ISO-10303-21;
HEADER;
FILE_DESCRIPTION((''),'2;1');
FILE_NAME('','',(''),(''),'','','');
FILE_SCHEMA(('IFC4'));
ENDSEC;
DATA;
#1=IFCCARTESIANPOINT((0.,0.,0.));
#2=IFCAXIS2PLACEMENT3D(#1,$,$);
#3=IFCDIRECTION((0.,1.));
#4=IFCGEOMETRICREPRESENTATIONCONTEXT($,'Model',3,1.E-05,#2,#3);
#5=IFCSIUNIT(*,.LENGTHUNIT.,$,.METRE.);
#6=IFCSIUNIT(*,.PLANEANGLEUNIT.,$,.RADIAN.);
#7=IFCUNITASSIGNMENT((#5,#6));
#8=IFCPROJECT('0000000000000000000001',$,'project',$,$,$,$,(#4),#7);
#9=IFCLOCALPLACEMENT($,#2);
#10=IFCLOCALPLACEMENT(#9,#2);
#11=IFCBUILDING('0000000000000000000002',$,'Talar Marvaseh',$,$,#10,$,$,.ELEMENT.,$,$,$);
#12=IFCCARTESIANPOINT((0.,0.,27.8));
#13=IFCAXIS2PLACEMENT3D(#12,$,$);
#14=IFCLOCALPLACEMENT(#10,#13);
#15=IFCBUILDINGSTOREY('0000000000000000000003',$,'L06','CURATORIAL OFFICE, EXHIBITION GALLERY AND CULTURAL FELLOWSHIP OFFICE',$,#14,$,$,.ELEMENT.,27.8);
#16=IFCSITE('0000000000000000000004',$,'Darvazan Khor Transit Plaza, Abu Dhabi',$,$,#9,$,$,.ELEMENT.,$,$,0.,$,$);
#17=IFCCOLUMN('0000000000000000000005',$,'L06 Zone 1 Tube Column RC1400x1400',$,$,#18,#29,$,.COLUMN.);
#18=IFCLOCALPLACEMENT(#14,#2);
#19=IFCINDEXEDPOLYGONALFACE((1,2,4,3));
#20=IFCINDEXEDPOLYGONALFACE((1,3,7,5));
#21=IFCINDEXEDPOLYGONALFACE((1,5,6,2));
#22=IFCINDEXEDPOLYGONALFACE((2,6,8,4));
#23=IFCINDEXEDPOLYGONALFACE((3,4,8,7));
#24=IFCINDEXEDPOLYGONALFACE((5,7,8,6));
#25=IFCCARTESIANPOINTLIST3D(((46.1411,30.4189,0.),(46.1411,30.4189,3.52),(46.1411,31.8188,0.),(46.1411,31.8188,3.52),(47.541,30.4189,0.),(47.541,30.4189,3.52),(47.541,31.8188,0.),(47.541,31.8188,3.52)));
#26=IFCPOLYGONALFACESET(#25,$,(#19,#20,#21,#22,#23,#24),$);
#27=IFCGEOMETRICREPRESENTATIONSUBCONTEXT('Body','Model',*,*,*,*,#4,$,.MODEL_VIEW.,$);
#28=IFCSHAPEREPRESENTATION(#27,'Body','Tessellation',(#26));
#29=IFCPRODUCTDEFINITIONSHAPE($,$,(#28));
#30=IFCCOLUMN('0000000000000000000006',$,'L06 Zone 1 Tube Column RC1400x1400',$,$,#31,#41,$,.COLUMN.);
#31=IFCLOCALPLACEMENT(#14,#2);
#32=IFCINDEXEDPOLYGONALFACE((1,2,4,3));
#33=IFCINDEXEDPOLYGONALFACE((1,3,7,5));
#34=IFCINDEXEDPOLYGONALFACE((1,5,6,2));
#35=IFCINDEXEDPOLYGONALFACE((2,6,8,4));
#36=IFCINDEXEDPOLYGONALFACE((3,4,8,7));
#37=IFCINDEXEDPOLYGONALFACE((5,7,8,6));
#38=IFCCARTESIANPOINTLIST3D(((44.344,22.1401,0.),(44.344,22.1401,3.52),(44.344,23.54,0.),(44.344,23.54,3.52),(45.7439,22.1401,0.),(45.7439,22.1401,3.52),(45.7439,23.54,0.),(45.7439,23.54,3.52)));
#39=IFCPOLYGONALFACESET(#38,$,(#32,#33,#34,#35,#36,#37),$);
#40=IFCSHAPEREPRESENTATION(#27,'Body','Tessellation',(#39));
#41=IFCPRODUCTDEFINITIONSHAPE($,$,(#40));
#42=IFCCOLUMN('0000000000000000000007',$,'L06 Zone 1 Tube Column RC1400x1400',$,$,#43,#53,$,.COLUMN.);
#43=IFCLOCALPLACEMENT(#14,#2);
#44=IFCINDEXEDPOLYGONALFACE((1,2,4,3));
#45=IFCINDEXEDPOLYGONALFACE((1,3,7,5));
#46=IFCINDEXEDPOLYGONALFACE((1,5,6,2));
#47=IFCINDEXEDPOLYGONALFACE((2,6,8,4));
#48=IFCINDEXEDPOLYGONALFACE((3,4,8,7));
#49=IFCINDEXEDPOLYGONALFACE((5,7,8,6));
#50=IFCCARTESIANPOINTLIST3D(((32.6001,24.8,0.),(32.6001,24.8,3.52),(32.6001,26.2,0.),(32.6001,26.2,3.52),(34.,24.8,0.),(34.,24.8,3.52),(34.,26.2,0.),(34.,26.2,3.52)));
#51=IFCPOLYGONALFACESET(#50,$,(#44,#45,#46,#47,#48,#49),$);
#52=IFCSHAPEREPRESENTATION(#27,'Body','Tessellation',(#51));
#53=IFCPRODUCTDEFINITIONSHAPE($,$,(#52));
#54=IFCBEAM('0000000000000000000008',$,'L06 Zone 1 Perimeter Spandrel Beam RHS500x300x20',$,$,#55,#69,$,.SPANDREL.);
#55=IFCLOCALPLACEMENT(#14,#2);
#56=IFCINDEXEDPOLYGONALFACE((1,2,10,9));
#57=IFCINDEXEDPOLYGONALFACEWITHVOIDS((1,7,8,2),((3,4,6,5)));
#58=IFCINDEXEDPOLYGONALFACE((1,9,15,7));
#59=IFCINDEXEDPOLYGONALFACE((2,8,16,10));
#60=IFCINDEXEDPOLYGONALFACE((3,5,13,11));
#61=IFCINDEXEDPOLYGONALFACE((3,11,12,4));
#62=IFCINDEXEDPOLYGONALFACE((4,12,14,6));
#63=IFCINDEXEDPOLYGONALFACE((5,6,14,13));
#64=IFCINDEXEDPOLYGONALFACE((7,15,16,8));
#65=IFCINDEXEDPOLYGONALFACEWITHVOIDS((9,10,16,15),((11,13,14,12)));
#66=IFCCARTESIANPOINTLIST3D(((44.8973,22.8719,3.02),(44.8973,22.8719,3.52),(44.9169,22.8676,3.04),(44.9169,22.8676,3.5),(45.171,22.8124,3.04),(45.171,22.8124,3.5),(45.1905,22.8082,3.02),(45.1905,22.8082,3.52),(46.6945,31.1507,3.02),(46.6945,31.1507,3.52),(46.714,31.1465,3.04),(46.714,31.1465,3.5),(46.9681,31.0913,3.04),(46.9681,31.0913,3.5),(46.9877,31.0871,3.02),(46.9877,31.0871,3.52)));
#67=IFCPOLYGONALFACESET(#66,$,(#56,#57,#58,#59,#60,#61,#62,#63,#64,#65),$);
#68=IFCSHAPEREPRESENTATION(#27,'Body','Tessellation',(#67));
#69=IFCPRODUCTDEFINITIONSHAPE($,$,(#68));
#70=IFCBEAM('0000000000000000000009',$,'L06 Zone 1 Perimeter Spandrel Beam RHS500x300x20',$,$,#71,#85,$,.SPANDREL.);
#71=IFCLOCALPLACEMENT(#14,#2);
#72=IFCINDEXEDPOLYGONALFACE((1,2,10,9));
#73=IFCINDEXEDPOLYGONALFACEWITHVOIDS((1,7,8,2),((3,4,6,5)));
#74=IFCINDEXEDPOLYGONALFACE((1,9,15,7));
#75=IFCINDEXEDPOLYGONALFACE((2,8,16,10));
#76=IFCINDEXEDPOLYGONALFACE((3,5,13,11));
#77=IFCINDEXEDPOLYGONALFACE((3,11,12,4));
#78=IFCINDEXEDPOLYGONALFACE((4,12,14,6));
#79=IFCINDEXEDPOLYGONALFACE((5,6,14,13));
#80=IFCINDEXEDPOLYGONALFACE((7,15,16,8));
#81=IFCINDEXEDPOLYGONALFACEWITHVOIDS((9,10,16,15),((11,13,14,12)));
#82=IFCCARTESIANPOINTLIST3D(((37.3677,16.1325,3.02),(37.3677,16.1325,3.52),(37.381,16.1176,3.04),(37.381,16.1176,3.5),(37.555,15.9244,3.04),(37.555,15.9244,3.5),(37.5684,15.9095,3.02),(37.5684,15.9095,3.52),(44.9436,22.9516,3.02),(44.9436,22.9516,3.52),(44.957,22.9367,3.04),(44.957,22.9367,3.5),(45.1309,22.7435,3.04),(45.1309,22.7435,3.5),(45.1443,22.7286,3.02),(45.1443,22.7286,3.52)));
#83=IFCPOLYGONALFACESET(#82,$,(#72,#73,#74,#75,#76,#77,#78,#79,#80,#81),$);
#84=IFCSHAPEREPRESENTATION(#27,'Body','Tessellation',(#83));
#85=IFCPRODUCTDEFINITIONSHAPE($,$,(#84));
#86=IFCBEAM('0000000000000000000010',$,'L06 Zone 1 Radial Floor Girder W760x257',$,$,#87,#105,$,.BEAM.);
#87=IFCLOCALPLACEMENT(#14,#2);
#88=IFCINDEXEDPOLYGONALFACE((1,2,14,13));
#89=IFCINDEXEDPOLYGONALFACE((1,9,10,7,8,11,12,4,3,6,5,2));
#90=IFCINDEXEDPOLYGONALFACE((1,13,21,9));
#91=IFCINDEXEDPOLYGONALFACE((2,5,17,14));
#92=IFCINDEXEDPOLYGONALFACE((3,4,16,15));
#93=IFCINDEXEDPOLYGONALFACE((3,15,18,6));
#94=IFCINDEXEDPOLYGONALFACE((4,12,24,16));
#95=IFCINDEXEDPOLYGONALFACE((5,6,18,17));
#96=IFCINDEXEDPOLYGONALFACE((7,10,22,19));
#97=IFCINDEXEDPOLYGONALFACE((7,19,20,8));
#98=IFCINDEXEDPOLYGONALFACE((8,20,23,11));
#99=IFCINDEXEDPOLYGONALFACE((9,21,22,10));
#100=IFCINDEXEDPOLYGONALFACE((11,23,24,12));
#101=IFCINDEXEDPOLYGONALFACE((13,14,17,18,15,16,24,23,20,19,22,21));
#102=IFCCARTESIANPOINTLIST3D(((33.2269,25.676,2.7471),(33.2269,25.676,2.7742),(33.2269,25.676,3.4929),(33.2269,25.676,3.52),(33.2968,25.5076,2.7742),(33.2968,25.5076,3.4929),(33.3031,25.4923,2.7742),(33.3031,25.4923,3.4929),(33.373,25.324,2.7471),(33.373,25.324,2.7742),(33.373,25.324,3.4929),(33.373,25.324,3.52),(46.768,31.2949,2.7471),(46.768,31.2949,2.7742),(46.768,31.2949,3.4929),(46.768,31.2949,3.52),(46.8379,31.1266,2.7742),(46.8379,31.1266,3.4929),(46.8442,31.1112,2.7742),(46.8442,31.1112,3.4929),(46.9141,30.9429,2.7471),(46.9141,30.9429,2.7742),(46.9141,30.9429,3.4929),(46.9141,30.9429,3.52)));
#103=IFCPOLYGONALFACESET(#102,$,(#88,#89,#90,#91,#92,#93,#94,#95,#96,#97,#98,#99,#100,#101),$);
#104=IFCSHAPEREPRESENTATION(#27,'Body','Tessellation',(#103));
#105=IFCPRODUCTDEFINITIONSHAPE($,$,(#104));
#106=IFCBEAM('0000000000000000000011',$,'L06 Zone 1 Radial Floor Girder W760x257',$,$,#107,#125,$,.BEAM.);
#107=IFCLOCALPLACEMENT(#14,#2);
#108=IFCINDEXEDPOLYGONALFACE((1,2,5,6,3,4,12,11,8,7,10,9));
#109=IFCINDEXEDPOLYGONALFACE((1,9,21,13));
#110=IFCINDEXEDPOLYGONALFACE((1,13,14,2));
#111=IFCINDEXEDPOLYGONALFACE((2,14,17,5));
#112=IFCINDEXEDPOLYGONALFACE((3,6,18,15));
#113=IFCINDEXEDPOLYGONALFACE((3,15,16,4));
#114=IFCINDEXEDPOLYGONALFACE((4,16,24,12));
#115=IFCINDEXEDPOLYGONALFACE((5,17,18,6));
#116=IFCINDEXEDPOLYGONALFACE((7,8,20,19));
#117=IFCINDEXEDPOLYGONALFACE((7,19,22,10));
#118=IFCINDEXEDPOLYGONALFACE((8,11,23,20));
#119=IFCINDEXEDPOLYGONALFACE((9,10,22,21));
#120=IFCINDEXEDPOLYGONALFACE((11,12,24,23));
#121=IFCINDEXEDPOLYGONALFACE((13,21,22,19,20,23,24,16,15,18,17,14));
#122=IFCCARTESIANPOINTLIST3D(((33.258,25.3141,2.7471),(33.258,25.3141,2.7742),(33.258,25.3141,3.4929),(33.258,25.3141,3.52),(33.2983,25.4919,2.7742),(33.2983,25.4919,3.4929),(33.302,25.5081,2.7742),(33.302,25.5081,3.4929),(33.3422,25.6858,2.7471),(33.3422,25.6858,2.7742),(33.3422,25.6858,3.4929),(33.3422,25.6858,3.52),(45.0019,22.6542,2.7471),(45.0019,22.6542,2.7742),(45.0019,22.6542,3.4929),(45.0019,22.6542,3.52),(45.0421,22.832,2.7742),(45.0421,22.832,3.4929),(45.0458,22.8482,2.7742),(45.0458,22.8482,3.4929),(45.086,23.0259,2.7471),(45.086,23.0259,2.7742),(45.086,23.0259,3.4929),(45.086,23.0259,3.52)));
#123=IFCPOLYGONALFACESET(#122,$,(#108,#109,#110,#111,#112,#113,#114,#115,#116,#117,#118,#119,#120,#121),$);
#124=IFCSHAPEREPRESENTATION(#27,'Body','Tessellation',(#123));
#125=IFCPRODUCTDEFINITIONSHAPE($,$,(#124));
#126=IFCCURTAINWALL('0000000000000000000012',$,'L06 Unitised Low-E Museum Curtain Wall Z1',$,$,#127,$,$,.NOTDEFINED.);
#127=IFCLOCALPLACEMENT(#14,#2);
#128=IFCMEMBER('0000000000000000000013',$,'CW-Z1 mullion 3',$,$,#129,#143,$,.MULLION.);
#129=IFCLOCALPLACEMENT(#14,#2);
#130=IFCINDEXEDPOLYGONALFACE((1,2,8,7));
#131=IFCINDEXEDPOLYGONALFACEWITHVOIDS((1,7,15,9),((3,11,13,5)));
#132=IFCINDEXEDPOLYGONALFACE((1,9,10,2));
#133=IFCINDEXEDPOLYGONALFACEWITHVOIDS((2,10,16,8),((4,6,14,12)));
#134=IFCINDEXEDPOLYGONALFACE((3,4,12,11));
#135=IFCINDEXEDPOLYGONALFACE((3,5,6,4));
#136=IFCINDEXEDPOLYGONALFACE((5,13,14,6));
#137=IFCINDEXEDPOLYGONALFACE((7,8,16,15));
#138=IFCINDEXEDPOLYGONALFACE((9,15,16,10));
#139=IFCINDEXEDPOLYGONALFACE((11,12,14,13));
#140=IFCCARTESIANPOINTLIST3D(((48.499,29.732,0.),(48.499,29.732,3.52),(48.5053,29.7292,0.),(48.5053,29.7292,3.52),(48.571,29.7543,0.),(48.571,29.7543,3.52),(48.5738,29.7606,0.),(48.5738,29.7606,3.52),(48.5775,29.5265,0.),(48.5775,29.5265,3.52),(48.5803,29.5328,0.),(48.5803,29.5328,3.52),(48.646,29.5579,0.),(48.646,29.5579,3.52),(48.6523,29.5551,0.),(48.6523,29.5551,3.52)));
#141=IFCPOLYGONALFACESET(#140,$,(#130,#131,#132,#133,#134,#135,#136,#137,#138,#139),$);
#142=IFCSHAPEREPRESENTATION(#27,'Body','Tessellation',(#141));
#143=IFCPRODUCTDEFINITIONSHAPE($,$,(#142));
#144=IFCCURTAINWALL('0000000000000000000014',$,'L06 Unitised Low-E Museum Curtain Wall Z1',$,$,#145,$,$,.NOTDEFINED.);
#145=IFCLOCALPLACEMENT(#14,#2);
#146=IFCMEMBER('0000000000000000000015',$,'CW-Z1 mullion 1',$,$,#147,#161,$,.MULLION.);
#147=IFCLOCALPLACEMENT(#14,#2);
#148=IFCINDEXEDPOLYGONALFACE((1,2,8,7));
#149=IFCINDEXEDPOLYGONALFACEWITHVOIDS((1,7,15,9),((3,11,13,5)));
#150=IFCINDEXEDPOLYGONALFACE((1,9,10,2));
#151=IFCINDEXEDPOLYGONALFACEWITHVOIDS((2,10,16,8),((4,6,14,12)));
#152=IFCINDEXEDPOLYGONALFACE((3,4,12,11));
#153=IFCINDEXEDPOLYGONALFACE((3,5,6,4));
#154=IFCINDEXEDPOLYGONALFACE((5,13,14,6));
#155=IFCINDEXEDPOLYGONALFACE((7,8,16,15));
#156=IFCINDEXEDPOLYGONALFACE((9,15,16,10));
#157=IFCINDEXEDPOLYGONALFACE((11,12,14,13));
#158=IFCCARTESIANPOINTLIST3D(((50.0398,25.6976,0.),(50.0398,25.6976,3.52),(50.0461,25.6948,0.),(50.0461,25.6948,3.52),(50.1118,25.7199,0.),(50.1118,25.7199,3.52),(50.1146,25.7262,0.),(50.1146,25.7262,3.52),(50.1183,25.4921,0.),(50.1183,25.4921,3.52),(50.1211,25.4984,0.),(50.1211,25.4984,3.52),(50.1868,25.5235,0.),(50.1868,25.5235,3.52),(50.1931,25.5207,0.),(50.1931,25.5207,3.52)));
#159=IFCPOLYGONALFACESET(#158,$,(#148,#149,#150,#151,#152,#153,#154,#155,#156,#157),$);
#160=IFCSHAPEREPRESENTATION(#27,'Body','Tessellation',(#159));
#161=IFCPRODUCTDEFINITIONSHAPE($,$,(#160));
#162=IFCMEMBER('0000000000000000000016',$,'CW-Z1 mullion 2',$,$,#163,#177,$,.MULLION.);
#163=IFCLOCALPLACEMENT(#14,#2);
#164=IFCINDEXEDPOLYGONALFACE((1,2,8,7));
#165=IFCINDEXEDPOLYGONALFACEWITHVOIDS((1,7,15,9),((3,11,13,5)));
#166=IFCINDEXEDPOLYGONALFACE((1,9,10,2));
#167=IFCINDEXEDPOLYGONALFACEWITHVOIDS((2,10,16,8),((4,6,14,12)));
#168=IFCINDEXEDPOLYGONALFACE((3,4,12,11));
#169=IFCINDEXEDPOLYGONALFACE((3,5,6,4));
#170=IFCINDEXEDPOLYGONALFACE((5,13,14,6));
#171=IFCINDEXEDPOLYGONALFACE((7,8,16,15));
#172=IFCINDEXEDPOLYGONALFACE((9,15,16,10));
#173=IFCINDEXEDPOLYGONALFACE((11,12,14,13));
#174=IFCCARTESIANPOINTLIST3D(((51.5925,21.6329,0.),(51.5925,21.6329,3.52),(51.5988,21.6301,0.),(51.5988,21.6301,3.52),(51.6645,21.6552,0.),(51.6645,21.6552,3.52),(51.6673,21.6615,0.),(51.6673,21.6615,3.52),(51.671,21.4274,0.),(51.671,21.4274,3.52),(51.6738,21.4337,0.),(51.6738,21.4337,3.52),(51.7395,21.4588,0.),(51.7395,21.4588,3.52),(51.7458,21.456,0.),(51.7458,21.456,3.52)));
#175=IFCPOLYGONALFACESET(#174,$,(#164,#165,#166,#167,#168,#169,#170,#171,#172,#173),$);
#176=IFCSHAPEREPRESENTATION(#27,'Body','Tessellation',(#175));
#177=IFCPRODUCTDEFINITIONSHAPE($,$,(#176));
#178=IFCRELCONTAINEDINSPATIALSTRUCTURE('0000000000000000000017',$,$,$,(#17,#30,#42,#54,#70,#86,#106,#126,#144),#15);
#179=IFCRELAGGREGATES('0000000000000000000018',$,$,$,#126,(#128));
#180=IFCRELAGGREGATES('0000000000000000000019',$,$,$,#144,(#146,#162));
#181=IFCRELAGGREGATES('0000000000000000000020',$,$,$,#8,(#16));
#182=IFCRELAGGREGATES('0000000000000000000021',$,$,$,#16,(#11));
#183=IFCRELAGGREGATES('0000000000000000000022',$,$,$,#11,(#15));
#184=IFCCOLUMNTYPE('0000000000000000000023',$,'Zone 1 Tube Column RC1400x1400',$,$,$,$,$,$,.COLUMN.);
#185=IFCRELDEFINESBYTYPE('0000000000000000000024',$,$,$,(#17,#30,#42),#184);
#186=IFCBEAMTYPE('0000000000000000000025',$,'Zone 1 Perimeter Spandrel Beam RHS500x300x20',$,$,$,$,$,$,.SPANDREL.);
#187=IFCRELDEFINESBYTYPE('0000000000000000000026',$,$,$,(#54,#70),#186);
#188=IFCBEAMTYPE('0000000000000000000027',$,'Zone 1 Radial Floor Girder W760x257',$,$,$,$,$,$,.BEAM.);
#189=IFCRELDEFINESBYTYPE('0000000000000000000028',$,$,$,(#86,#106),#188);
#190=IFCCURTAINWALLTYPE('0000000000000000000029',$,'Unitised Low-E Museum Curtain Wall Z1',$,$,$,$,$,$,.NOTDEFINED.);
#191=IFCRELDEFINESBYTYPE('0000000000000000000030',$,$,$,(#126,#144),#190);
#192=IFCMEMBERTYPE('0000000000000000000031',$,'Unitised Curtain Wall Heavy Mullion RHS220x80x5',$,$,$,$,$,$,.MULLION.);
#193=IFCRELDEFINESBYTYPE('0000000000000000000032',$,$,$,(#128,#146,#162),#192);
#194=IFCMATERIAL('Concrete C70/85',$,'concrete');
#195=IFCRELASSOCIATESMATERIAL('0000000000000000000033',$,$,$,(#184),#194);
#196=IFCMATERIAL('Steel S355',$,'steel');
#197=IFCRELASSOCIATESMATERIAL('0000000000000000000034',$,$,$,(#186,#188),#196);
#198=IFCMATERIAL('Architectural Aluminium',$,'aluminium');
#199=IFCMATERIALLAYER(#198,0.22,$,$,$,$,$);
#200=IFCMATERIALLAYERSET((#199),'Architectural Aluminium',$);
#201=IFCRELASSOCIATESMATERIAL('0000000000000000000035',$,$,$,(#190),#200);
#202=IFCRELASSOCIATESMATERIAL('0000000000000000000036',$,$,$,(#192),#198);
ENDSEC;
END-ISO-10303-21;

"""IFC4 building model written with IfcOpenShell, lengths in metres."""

from ifc_helpers import new_model, si_unit, direction, frame, origin, origin_2d, place, context, subcontext, project, spatial, rectangle, hollow_rectangle, i_section, extrude, source, transform, mapped, material, layer, layer_set, material_profile, profile_set, type_object, type_shapes, element, aggregate, save


model = new_model("IFC4")

# Units and contexts
model_context = context("Model", 3, precision=1e-05, world=origin(), true_north=direction((0.0, 1.0)))
body_context = subcontext(model_context, "Body", "Model", "MODEL_VIEW")
ifc_project = project(units=[si_unit("LENGTHUNIT", "METRE"), si_unit("PLANEANGLEUNIT", "RADIAN")], contexts=[model_context])

# Site, building, storey
site_placement = place(None, origin())
site = spatial("IfcSite", under=ifc_project, at=site_placement, Name="Darvazan Khor Transit Plaza, Abu Dhabi", CompositionType="ELEMENT", RefElevation=0.0)
building_placement = place(site_placement, origin())
building = spatial("IfcBuilding", under=site, at=building_placement, Name="Talar Marvaseh", CompositionType="ELEMENT")
storey_placement = place(building_placement, frame((0.0, 0.0, 27.8)))
storey = spatial("IfcBuildingStorey", under=building, at=storey_placement, Name="L06", Description="CURATORIAL OFFICE, EXHIBITION GALLERY AND CULTURAL FELLOWSHIP OFFICE", CompositionType="ELEMENT", Elevation=27.8)

# Columns
ifc_material_1 = material(Name="Concrete C70/85", Category="concrete")
ifc_material_profile_1 = material_profile(ifc_material_1, rectangle(XDim=1.3999, YDim=1.3999, at=origin_2d()), Name="RC1400x1400")
ifc_profile_set_1 = profile_set([ifc_material_profile_1], Name="Concrete C70/85")
column_type = type_object("IfcColumnType", Name="Zone 1 Tube Column RC1400x1400", PredefinedType="COLUMN", material=ifc_profile_set_1)
for number, where, z_axis, x_axis, name in (
    (1, (46.8411, 31.1189, 0.0), (0.0, 0.0, 1.0), (1.0, 0.0, 0.0), "L06 Zone 1 Tube Column RC1400x1400"),
    (2, (45.0439, 22.8401, 0.0), (0.0, 0.0, 1.0), (1.0, 0.0, 0.0), "L06 Zone 1 Tube Column RC1400x1400"),
    (3, (33.3, 25.5, 0.0), (0.0, 0.0, 1.0), (1.0, 0.0, 0.0), "L06 Zone 1 Tube Column RC1400x1400"),
):
    element("IfcColumn", number, at=place(storey_placement, frame(where, z_axis=z_axis, x_axis=x_axis)), inside=storey, type_object=column_type, Name=name, PredefinedType="COLUMN", context=body_context, shape_type="SweptSolid", body=[
        extrude(rectangle(XDim=1.3999, YDim=1.3999, at=origin_2d()), origin(), (0.0, 0.0, 1.0), 3.52),
    ])

# Beams
ifc_material_2 = material(Name="Steel S355", Category="steel")
ifc_material_profile_2 = material_profile(ifc_material_2, hollow_rectangle(XDim=0.3, YDim=0.5, WallThickness=0.02, at=origin_2d()), Name="RHS500x300x20")
ifc_profile_set_2 = profile_set([ifc_material_profile_2], Name="Steel S355")
beam_type_1 = type_object("IfcBeamType", Name="Zone 1 Perimeter Spandrel Beam RHS500x300x20", PredefinedType="SPANDREL", material=ifc_profile_set_2)
beam_1_placement = place(storey_placement, frame((46.8411, 31.1189, 3.27), z_axis=(-0.212134, -0.977241, 0.0), x_axis=(0.977241, -0.212134, 0.0)))
element("IfcBeam", 4, at=beam_1_placement, inside=storey, type_object=beam_type_1, Name="L06 Zone 1 Perimeter Spandrel Beam RHS500x300x20", PredefinedType="SPANDREL", context=body_context, shape_type="SweptSolid", body=[
    extrude(hollow_rectangle(XDim=0.3, YDim=0.5, WallThickness=0.02, at=origin_2d()), origin(), (0.0, 0.0, 1.0), 8.4717),
])
beam_2_placement = place(storey_placement, frame((45.0439, 22.8401, 3.27), z_axis=(-0.743257, -0.669006, 0.0), x_axis=(0.669006, -0.743257, 0.0)))
element("IfcBeam", 5, at=beam_2_placement, inside=storey, type_object=beam_type_1, Name="L06 Zone 1 Perimeter Spandrel Beam RHS500x300x20", PredefinedType="SPANDREL", context=body_context, shape_type="SweptSolid", body=[
    extrude(hollow_rectangle(XDim=0.3, YDim=0.5, WallThickness=0.02, at=origin_2d()), origin(), (0.0, 0.0, 1.0), 10.1929),
])
ifc_material_profile_3 = material_profile(ifc_material_2, i_section(OverallWidth=0.3811, OverallDepth=0.7729, WebThickness=0.0166, FlangeThickness=0.0271, at=origin_2d()), Name="W760x257")
ifc_profile_set_3 = profile_set([ifc_material_profile_3], Name="Steel S355")
beam_type_2 = type_object("IfcBeamType", Name="Zone 1 Radial Floor Girder W760x257", PredefinedType="BEAM", material=ifc_profile_set_3)
beam_3_placement = place(storey_placement, frame((46.8411, 31.1189, 3.1335), z_axis=(-0.923638, -0.383267, 0.0), x_axis=(0.383267, -0.923638, 0.0)))
element("IfcBeam", 6, at=beam_3_placement, inside=storey, type_object=beam_type_2, Name="L06 Zone 1 Radial Floor Girder W760x257", PredefinedType="BEAM", context=body_context, shape_type="SweptSolid", body=[
    extrude(i_section(OverallWidth=0.3811, OverallDepth=0.7729, WebThickness=0.0166, FlangeThickness=0.0271, at=origin_2d()), origin(), (0.0, 0.0, 1.0), 14.6606),
])
beam_4_placement = place(storey_placement, frame((45.0439, 22.8401, 3.1335), z_axis=(-0.975297, 0.220898, 0.0), x_axis=(-0.220898, -0.975297, 0.0)))
element("IfcBeam", 7, at=beam_4_placement, inside=storey, type_object=beam_type_2, Name="L06 Zone 1 Radial Floor Girder W760x257", PredefinedType="BEAM", context=body_context, shape_type="SweptSolid", body=[
    extrude(i_section(OverallWidth=0.3811, OverallDepth=0.7729, WebThickness=0.0166, FlangeThickness=0.0271, at=origin_2d()), origin(), (0.0, 0.0, 1.0), 12.0413),
])

# Curtain wall, member
ifc_material_3 = material(Name="Architectural Aluminium", Category="aluminium")
ifc_layer_1 = layer(ifc_material_3, 0.22)
ifc_layer_set_1 = layer_set([ifc_layer_1], Name="Architectural Aluminium")
curtain_wall_type = type_object("IfcCurtainWallType", Name="Unitised Low-E Museum Curtain Wall Z1", PredefinedType="NOTDEFINED", material=ifc_layer_set_1)
curtain_wall_1_placement = place(storey_placement, origin())
curtain_wall_1 = element("IfcCurtainWall", 8, at=curtain_wall_1_placement, inside=storey, type_object=curtain_wall_type, Name="L06 Unitised Low-E Museum Curtain Wall Z1", PredefinedType="NOTDEFINED")
ifc_material_profile_4 = material_profile(ifc_material_3, hollow_rectangle(XDim=0.0801, YDim=0.22, WallThickness=0.0049, at=origin_2d()), Name="RHS220x80x5")
ifc_profile_set_4 = profile_set([ifc_material_profile_4], Name="Architectural Aluminium")
member_type_1 = type_object("IfcMemberType", Name="Unitised Curtain Wall Heavy Mullion RHS220x80x5", PredefinedType="MULLION", material=ifc_profile_set_4)
shared_shape_1 = source(origin(), body_context, "Body", "SweptSolid", [
    extrude(hollow_rectangle(XDim=0.0801, YDim=0.22, WallThickness=0.0049, at=origin_2d()), origin(), (0.0, 0.0, 1.0), 3.52),
])
type_shapes(member_type_1, [shared_shape_1])
member_1_placement = place(storey_placement, frame((48.5757, 29.6436, 0.0), z_axis=(0.0, 0.0, 1.0), x_axis=(0.934179, 0.356804, 0.0)))
member_1 = element("IfcMember", 9, at=member_1_placement, type_object=member_type_1, Name="CW-Z1 mullion 3", PredefinedType="MULLION", context=body_context, shape_type="MappedRepresentation", body=[
    mapped(shared_shape_1, transform((0.0, 0.0, 0.0), x_axis=(1.0, 0.0, 0.0), y_axis=(0.0, 1.0, 0.0), z_axis=(0.0, 0.0, 1.0), scale=1.0)),
])

# Curtain wall, members
curtain_wall_2_placement = place(storey_placement, origin())
curtain_wall_2 = element("IfcCurtainWall", 10, at=curtain_wall_2_placement, inside=storey, type_object=curtain_wall_type, Name="L06 Unitised Low-E Museum Curtain Wall Z1", PredefinedType="NOTDEFINED")
member_2_placement = place(storey_placement, frame((50.1165, 25.6091, 0.0), z_axis=(0.0, 0.0, 1.0), x_axis=(0.934179, 0.356805, 0.0)))
member_2 = element("IfcMember", 11, at=member_2_placement, type_object=member_type_1, Name="CW-Z1 mullion 1", PredefinedType="MULLION", context=body_context, shape_type="MappedRepresentation", body=[
    mapped(shared_shape_1, transform((0.0, 0.0, 0.0), x_axis=(1.0, 0.0, 0.0), y_axis=(0.0, 1.0, 0.0), z_axis=(0.0, 0.0, 1.0), scale=1.0)),
])
member_3_placement = place(storey_placement, frame((51.6692, 21.5444, 0.0), z_axis=(0.0, 0.0, 1.0), x_axis=(0.934179, 0.356805, 0.0)))
member_3 = element("IfcMember", 12, at=member_3_placement, type_object=member_type_1, Name="CW-Z1 mullion 2", PredefinedType="MULLION", context=body_context, shape_type="MappedRepresentation", body=[
    mapped(shared_shape_1, transform((0.0, 0.0, 0.0), x_axis=(1.0, 0.0, 0.0), y_axis=(0.0, 1.0, 0.0), z_axis=(0.0, 0.0, 1.0), scale=1.0)),
])

aggregate(curtain_wall_1, [member_1])
aggregate(curtain_wall_2, [member_2, member_3])

save(model, "model.ifc")
